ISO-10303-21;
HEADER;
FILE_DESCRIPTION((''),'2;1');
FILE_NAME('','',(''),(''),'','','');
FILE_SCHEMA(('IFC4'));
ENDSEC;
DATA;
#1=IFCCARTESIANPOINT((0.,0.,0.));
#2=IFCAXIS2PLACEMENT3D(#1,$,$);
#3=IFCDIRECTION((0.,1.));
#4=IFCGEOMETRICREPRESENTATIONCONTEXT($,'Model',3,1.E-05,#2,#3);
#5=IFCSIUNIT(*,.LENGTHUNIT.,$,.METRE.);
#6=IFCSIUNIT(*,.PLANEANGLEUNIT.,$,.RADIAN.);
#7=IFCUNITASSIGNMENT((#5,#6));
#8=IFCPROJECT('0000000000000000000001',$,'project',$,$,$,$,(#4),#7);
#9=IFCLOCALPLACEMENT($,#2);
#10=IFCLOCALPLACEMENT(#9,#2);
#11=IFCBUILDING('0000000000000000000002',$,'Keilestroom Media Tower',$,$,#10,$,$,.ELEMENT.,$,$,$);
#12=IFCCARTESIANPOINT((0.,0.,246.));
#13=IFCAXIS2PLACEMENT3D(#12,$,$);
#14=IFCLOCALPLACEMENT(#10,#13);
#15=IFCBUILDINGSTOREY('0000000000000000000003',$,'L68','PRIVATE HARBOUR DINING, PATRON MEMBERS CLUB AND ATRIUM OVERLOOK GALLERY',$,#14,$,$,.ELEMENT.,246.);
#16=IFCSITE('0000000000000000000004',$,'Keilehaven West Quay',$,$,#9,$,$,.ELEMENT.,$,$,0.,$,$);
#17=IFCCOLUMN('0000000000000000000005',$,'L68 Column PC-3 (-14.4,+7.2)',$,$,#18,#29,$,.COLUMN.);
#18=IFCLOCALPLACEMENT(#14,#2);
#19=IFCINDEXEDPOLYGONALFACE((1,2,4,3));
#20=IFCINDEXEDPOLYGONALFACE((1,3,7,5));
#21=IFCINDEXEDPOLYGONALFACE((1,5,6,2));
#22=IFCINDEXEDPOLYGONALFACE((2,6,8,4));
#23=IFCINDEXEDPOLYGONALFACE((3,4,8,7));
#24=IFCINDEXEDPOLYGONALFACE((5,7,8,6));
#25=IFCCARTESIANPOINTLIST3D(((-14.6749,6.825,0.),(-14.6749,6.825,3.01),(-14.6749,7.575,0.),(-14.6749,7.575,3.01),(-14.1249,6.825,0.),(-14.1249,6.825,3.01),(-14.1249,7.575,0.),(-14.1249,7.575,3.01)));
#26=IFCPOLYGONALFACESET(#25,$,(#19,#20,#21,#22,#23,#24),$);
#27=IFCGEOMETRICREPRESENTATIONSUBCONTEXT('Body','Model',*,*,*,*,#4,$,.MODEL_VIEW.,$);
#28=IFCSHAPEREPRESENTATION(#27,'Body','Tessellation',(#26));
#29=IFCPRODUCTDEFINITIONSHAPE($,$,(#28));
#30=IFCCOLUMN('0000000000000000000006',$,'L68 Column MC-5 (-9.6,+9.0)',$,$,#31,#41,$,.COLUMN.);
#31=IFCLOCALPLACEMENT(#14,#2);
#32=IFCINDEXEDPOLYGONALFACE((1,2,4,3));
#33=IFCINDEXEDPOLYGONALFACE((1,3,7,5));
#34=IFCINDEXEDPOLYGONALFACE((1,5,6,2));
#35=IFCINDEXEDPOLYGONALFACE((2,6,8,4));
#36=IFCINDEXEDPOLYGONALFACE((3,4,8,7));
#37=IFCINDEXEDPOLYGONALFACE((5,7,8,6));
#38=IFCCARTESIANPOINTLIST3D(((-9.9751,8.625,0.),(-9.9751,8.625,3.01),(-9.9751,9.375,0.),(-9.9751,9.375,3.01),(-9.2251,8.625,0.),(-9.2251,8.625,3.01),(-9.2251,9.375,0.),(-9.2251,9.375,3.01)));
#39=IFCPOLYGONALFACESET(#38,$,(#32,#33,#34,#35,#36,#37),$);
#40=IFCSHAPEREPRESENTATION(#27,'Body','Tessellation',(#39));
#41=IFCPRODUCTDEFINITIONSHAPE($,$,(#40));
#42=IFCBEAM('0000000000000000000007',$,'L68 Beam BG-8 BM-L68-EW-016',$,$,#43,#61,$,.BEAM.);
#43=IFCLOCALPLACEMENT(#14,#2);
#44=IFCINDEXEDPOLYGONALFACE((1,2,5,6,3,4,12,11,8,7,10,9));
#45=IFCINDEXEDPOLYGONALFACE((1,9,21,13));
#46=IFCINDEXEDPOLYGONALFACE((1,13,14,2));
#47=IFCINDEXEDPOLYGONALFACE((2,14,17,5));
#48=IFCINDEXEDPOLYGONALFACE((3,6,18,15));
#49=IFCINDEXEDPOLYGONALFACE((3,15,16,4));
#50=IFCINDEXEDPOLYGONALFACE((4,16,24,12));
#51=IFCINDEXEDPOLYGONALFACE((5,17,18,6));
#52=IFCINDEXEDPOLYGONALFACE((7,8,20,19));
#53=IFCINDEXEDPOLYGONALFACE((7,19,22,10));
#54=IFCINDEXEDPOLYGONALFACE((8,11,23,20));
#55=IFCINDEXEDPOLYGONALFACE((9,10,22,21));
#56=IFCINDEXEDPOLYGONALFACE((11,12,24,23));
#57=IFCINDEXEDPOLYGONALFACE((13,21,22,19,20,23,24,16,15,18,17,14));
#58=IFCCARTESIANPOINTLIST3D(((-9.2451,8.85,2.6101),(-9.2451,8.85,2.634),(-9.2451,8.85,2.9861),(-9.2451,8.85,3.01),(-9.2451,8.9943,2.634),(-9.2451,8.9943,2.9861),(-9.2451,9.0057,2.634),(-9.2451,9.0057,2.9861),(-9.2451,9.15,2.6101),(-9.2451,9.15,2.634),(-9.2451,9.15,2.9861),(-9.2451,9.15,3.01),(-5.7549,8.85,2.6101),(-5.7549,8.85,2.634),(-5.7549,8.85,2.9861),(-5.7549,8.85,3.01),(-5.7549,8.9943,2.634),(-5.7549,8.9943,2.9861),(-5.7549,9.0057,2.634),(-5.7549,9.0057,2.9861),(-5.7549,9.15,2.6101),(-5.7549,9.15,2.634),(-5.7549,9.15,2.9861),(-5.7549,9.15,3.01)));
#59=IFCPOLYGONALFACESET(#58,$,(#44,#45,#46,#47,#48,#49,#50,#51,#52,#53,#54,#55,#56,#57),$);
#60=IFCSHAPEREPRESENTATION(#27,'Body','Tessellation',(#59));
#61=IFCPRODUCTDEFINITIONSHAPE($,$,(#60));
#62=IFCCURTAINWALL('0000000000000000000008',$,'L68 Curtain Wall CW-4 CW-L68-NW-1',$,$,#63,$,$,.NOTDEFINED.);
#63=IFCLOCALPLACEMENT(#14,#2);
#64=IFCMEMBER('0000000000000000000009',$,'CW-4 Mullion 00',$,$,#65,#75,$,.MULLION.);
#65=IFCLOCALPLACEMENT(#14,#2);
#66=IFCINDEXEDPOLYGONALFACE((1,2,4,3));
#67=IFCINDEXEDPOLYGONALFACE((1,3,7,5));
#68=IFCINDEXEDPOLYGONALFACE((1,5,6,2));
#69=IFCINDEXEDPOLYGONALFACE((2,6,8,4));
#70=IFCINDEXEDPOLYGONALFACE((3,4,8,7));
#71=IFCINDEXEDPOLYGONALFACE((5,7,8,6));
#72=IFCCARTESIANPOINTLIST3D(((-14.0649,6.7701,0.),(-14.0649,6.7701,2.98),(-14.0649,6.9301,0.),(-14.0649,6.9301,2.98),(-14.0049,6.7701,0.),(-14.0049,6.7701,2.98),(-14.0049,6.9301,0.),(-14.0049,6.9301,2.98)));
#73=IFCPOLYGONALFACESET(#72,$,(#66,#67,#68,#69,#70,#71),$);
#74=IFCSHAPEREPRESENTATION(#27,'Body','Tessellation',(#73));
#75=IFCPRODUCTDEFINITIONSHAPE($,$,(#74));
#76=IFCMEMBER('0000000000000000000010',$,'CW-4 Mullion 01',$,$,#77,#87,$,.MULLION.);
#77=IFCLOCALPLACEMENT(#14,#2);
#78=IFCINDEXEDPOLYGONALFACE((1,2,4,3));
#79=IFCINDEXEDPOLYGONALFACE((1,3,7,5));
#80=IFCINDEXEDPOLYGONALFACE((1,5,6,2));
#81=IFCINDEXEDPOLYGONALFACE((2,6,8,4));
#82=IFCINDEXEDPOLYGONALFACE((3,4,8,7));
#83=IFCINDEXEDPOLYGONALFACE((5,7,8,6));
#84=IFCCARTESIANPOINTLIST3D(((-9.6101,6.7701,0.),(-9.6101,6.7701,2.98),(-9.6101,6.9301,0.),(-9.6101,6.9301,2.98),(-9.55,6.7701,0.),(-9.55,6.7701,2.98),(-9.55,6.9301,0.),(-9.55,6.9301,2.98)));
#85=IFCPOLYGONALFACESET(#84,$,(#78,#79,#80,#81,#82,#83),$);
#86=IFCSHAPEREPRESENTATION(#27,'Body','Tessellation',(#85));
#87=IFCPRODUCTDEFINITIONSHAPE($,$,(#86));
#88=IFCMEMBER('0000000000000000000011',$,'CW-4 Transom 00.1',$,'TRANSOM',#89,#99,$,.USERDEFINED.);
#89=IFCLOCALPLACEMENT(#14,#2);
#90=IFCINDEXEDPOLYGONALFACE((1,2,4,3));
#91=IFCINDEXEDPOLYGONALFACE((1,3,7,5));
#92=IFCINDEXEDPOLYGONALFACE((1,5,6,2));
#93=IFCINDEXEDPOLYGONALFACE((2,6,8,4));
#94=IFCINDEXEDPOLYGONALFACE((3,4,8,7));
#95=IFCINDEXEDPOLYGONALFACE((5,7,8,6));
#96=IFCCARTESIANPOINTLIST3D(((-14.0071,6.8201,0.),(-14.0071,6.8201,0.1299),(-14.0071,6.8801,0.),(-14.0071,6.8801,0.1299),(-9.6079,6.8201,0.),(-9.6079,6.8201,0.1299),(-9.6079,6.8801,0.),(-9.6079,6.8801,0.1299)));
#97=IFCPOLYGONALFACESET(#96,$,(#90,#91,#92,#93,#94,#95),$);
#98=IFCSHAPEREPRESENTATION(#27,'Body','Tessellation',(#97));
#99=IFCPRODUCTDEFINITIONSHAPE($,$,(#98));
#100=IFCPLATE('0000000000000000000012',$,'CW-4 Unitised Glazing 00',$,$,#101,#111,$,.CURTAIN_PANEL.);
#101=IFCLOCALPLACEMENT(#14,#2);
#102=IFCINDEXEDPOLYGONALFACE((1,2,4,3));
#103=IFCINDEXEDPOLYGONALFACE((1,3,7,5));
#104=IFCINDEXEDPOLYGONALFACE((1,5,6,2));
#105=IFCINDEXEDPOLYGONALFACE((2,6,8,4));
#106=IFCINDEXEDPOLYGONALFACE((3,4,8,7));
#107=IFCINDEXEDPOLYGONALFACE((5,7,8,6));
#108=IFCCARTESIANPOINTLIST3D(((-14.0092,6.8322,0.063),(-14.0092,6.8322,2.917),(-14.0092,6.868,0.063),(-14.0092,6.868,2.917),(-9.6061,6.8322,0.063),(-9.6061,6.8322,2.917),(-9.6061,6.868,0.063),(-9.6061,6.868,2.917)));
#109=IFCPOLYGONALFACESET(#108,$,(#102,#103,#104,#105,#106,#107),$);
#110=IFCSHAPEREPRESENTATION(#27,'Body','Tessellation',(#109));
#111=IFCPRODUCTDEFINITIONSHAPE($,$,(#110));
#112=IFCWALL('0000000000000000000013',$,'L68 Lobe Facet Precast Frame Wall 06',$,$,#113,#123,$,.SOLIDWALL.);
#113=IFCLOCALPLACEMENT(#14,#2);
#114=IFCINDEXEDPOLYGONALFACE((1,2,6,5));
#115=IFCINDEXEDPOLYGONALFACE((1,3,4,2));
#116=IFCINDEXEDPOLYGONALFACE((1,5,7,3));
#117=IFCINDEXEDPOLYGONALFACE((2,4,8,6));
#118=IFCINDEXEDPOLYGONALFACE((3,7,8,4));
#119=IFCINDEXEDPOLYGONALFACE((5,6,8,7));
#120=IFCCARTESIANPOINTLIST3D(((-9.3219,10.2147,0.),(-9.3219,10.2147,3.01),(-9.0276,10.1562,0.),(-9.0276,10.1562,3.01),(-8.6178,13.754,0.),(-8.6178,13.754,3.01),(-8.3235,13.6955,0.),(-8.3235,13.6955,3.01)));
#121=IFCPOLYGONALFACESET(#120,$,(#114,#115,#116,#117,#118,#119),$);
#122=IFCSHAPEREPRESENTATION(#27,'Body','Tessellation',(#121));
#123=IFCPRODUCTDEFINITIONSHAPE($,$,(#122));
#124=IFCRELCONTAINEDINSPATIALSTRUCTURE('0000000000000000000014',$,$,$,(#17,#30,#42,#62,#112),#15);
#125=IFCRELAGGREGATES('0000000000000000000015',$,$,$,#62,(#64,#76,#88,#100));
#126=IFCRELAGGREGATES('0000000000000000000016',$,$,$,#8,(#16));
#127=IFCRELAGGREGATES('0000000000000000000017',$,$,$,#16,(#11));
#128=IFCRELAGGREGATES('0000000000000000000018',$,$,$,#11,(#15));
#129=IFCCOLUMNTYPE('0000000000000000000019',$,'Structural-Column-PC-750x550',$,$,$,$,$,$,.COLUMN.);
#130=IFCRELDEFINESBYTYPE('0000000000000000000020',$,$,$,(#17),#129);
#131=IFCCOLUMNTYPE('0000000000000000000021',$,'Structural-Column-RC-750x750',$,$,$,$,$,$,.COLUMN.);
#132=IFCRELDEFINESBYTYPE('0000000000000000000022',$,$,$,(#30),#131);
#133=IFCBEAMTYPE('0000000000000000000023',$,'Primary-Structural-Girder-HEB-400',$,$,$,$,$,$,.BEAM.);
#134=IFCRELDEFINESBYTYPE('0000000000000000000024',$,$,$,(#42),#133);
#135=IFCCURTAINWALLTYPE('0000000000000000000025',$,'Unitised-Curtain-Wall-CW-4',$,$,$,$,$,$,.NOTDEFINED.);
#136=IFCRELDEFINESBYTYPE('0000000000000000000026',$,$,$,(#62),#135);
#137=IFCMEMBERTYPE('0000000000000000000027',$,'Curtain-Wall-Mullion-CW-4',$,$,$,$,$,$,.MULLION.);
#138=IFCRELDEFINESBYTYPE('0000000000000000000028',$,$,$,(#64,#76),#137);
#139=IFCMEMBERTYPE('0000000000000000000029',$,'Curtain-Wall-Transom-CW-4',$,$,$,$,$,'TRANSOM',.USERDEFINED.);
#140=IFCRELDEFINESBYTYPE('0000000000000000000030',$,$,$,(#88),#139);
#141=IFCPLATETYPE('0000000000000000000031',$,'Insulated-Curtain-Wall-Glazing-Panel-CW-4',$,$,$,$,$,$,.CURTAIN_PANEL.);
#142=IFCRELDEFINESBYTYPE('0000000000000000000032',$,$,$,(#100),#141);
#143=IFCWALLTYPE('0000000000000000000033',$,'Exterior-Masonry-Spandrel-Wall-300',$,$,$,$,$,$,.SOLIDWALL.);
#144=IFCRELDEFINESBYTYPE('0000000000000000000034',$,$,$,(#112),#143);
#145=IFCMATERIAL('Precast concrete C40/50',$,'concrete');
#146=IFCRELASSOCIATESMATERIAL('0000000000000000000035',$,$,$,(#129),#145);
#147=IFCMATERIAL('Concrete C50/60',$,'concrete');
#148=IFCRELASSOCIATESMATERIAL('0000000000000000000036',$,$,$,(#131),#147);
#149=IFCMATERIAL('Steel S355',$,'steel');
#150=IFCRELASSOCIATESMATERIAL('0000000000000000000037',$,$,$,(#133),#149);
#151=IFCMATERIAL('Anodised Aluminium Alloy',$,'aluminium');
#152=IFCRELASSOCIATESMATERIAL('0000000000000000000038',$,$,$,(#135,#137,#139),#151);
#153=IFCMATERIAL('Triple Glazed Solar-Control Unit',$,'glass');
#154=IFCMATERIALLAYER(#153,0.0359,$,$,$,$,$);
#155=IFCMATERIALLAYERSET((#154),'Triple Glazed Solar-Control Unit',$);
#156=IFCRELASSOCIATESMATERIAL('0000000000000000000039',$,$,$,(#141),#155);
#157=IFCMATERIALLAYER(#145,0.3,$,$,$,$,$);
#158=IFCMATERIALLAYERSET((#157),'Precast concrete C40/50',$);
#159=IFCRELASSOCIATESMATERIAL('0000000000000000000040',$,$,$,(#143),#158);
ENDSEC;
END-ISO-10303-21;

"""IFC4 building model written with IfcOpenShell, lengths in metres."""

from ifc_helpers import new_model, si_unit, direction, frame, frame_2d, origin, origin_2d, place, context, subcontext, project, spatial, rectangle, i_section, extrude, source, transform, mapped, material, layer, layer_set, material_profile, profile_set, type_object, element, aggregate, save


model = new_model("IFC4")

# Units and contexts
model_context = context("Model", 3, precision=1e-05, world=origin(), true_north=direction((0.0, 1.0)))
body_context = subcontext(model_context, "Body", "Model", "MODEL_VIEW")
ifc_project = project(units=[si_unit("LENGTHUNIT", "METRE"), si_unit("PLANEANGLEUNIT", "RADIAN")], contexts=[model_context])

# Site, building, storey
site_placement = place(None, origin())
site = spatial("IfcSite", under=ifc_project, at=site_placement, Name="Keilehaven West Quay", CompositionType="ELEMENT", RefElevation=0.0)
building_placement = place(site_placement, origin())
building = spatial("IfcBuilding", under=site, at=building_placement, Name="Keilestroom Media Tower", CompositionType="ELEMENT")
storey_placement = place(building_placement, frame((0.0, 0.0, 246.0)))
storey = spatial("IfcBuildingStorey", under=building, at=storey_placement, Name="L68", Description="PRIVATE HARBOUR DINING, PATRON MEMBERS CLUB AND ATRIUM OVERLOOK GALLERY", CompositionType="ELEMENT", Elevation=246.0)

# Columns
ifc_material_1 = material(Name="Precast concrete C40/50", Category="concrete")
ifc_material_profile_1 = material_profile(ifc_material_1, rectangle(XDim=0.55, YDim=0.75, at=origin_2d()), Name="PC 750x550")
ifc_profile_set_1 = profile_set([ifc_material_profile_1], Name="Precast concrete C40/50")
column_type_1 = type_object("IfcColumnType", Name="Structural-Column-PC-750x550", PredefinedType="COLUMN", material=ifc_profile_set_1)
shared_shape_1 = source(origin(), body_context, "Body", "SweptSolid", [
    extrude(rectangle(XDim=0.55, YDim=0.75, at=origin_2d()), origin(), (0.0, 0.0, 1.0), 3.01),
])
column_1_placement = place(storey_placement, frame((-14.3999, 7.2, 0.0), z_axis=(0.0, 0.0, 1.0), x_axis=(1.0, 0.0, 0.0)))
element("IfcColumn", 1, at=column_1_placement, inside=storey, type_object=column_type_1, Name="L68 Column PC-3 (-14.4,+7.2)", PredefinedType="COLUMN", context=body_context, shape_type="MappedRepresentation", body=[
    mapped(shared_shape_1, transform((0.0, 0.0, 0.0), x_axis=(1.0, 0.0, 0.0), y_axis=(0.0, 1.0, 0.0), z_axis=(0.0, 0.0, 1.0), scale=1.0)),
])
ifc_material_2 = material(Name="Concrete C50/60", Category="concrete")
ifc_material_profile_2 = material_profile(ifc_material_2, rectangle(XDim=0.75, YDim=0.75, at=origin_2d()), Name="RC 750x750")
ifc_profile_set_2 = profile_set([ifc_material_profile_2], Name="Concrete C50/60")
column_type_2 = type_object("IfcColumnType", Name="Structural-Column-RC-750x750", PredefinedType="COLUMN", material=ifc_profile_set_2)
shared_shape_2 = source(origin(), body_context, "Body", "SweptSolid", [
    extrude(rectangle(XDim=0.75, YDim=0.75, at=origin_2d()), origin(), (0.0, 0.0, 1.0), 3.01),
])
column_2_placement = place(storey_placement, frame((-9.6001, 9.0, 0.0), z_axis=(0.0, 0.0, 1.0), x_axis=(1.0, 0.0, 0.0)))
element("IfcColumn", 2, at=column_2_placement, inside=storey, type_object=column_type_2, Name="L68 Column MC-5 (-9.6,+9.0)", PredefinedType="COLUMN", context=body_context, shape_type="MappedRepresentation", body=[
    mapped(shared_shape_2, transform((0.0, 0.0, 0.0), x_axis=(1.0, 0.0, 0.0), y_axis=(0.0, 1.0, 0.0), z_axis=(0.0, 0.0, 1.0), scale=1.0)),
])

# Beam
ifc_material_3 = material(Name="Steel S355", Category="steel")
ifc_material_profile_3 = material_profile(ifc_material_3, i_section(OverallWidth=0.3, OverallDepth=0.3999, WebThickness=0.0115, FlangeThickness=0.0239, at=origin_2d()), Name="HEB 400")
ifc_profile_set_3 = profile_set([ifc_material_profile_3], Name="Steel S355")
beam_type = type_object("IfcBeamType", Name="Primary-Structural-Girder-HEB-400", PredefinedType="BEAM", material=ifc_profile_set_3)
shared_shape_3 = source(origin(), body_context, "Body", "SweptSolid", [
    extrude(i_section(OverallWidth=0.3, OverallDepth=0.3999, WebThickness=0.0115, FlangeThickness=0.0239, at=origin_2d()), origin(), (0.0, 0.0, 1.0), 3.4902),
])
beam_placement = place(storey_placement, frame((-9.2451, 9.0, 2.8101), z_axis=(1.0, 0.0, 0.0), x_axis=(0.0, 1.0, 0.0)))
element("IfcBeam", 3, at=beam_placement, inside=storey, type_object=beam_type, Name="L68 Beam BG-8 BM-L68-EW-016", PredefinedType="BEAM", context=body_context, shape_type="MappedRepresentation", body=[
    mapped(shared_shape_3, transform((0.0, 0.0, 0.0), x_axis=(1.0, 0.0, 0.0), y_axis=(0.0, 1.0, 0.0), z_axis=(0.0, 0.0, 1.0), scale=1.0)),
])

# Curtain wall, members, plate
ifc_material_4 = material(Name="Anodised Aluminium Alloy", Category="aluminium")
curtain_wall_type = type_object("IfcCurtainWallType", Name="Unitised-Curtain-Wall-CW-4", PredefinedType="NOTDEFINED", material=ifc_material_4)
curtain_wall_placement = place(storey_placement, origin())
curtain_wall = element("IfcCurtainWall", 4, at=curtain_wall_placement, inside=storey, type_object=curtain_wall_type, Name="L68 Curtain Wall CW-4 CW-L68-NW-1", PredefinedType="NOTDEFINED")
ifc_material_profile_4 = material_profile(ifc_material_4, rectangle(XDim=0.0601, YDim=0.1599, at=origin_2d()), Name="ALU MULLION 60x160")
ifc_profile_set_4 = profile_set([ifc_material_profile_4], Name="Anodised Aluminium Alloy")
member_type_1 = type_object("IfcMemberType", Name="Curtain-Wall-Mullion-CW-4", PredefinedType="MULLION", material=ifc_profile_set_4)
shared_shape_4 = source(origin(), body_context, "Body", "SweptSolid", [
    extrude(rectangle(XDim=0.0601, YDim=0.1599, at=origin_2d()), origin(), (0.0, 0.0, 1.0), 2.98),
])
member_1_placement = place(storey_placement, frame((-14.0349, 6.8501, 0.0), z_axis=(0.0, 0.0, 1.0), x_axis=(1.0, 0.0, 0.0)))
member_1 = element("IfcMember", 5, at=member_1_placement, type_object=member_type_1, Name="CW-4 Mullion 00", PredefinedType="MULLION", context=body_context, shape_type="MappedRepresentation", body=[
    mapped(shared_shape_4, transform((0.0, 0.0, 0.0), x_axis=(1.0, 0.0, 0.0), y_axis=(0.0, 1.0, 0.0), z_axis=(0.0, 0.0, 1.0), scale=1.0)),
])
member_2_placement = place(storey_placement, frame((-9.5801, 6.8501, 0.0), z_axis=(0.0, 0.0, 1.0), x_axis=(1.0, 0.0, 0.0)))
member_2 = element("IfcMember", 6, at=member_2_placement, type_object=member_type_1, Name="CW-4 Mullion 01", PredefinedType="MULLION", context=body_context, shape_type="MappedRepresentation", body=[
    mapped(shared_shape_4, transform((0.0, 0.0, 0.0), x_axis=(1.0, 0.0, 0.0), y_axis=(0.0, 1.0, 0.0), z_axis=(0.0, 0.0, 1.0), scale=1.0)),
])
ifc_material_profile_5 = material_profile(ifc_material_4, rectangle(XDim=0.0601, YDim=0.1299, at=origin_2d()), Name="ALU TRANSOM 60x130")
ifc_profile_set_5 = profile_set([ifc_material_profile_5], Name="Anodised Aluminium Alloy")
member_type_2 = type_object("IfcMemberType", Name="Curtain-Wall-Transom-CW-4", ElementType="TRANSOM", PredefinedType="USERDEFINED", material=ifc_profile_set_5)
shared_shape_5 = source(origin(), body_context, "Body", "SweptSolid", [
    extrude(rectangle(XDim=0.0601, YDim=0.1299, at=origin_2d()), origin(), (0.0, 0.0, 1.0), 4.3992),
])
member_3_placement = place(storey_placement, frame((-14.0071, 6.8501, 0.0649), z_axis=(1.0, 0.0, 0.0), x_axis=(0.0, 1.0, 0.0)))
member_3 = element("IfcMember", 7, at=member_3_placement, type_object=member_type_2, Name="CW-4 Transom 00.1", ObjectType="TRANSOM", PredefinedType="USERDEFINED", context=body_context, shape_type="MappedRepresentation", body=[
    mapped(shared_shape_5, transform((0.0, 0.0, 0.0), x_axis=(1.0, 0.0, 0.0), y_axis=(0.0, 1.0, 0.0), z_axis=(0.0, 0.0, 1.0), scale=1.0)),
])
ifc_material_5 = material(Name="Triple Glazed Solar-Control Unit", Category="glass")
ifc_layer_1 = layer(ifc_material_5, 0.0359)
ifc_layer_set_1 = layer_set([ifc_layer_1], Name="Triple Glazed Solar-Control Unit")
plate_type = type_object("IfcPlateType", Name="Insulated-Curtain-Wall-Glazing-Panel-CW-4", PredefinedType="CURTAIN_PANEL", material=ifc_layer_set_1)
shared_shape_6 = source(origin(), body_context, "Body", "SweptSolid", [
    extrude(rectangle(XDim=4.4031, YDim=0.0359, at=origin_2d()), origin(), (0.0, 0.0, 1.0), 2.854),
])
plate_placement = place(storey_placement, frame((-11.8076, 6.8501, 0.063), z_axis=(0.0, 0.0, 1.0), x_axis=(1.0, 0.0, 0.0)))
plate = element("IfcPlate", 8, at=plate_placement, type_object=plate_type, Name="CW-4 Unitised Glazing 00", PredefinedType="CURTAIN_PANEL", context=body_context, shape_type="MappedRepresentation", body=[
    mapped(shared_shape_6, transform((0.0, 0.0, 0.0), x_axis=(1.0, 0.0, 0.0), y_axis=(0.0, 1.0, 0.0), z_axis=(0.0, 0.0, 1.0), scale=1.0)),
])
aggregate(curtain_wall, [member_1, member_2, member_3, plate])

# Wall
ifc_layer_2 = layer(ifc_material_1, 0.3)
ifc_layer_set_2 = layer_set([ifc_layer_2], Name="Precast concrete C40/50")
wall_type_1 = type_object("IfcWallType", Name="Exterior-Masonry-Spandrel-Wall-300", PredefinedType="SOLIDWALL", material=ifc_layer_set_2)
wall_1_placement = place(storey_placement, frame((-8.4707, 13.7246, 0.0), z_axis=(0.0, 0.0, 1.0), x_axis=(-0.195114, -0.980781, 0.0)))
element("IfcWall", 9, at=wall_1_placement, inside=storey, type_object=wall_type_1, Name="L68 Lobe Facet Precast Frame Wall 06", PredefinedType="SOLIDWALL", context=body_context, shape_type="SweptSolid", body=[
    extrude(rectangle(XDim=3.6086, YDim=0.3, at=frame_2d((1.8042, 0.0))), origin(), (0.0, 0.0, 1.0), 3.01),
])

save(model, "model.ifc")
